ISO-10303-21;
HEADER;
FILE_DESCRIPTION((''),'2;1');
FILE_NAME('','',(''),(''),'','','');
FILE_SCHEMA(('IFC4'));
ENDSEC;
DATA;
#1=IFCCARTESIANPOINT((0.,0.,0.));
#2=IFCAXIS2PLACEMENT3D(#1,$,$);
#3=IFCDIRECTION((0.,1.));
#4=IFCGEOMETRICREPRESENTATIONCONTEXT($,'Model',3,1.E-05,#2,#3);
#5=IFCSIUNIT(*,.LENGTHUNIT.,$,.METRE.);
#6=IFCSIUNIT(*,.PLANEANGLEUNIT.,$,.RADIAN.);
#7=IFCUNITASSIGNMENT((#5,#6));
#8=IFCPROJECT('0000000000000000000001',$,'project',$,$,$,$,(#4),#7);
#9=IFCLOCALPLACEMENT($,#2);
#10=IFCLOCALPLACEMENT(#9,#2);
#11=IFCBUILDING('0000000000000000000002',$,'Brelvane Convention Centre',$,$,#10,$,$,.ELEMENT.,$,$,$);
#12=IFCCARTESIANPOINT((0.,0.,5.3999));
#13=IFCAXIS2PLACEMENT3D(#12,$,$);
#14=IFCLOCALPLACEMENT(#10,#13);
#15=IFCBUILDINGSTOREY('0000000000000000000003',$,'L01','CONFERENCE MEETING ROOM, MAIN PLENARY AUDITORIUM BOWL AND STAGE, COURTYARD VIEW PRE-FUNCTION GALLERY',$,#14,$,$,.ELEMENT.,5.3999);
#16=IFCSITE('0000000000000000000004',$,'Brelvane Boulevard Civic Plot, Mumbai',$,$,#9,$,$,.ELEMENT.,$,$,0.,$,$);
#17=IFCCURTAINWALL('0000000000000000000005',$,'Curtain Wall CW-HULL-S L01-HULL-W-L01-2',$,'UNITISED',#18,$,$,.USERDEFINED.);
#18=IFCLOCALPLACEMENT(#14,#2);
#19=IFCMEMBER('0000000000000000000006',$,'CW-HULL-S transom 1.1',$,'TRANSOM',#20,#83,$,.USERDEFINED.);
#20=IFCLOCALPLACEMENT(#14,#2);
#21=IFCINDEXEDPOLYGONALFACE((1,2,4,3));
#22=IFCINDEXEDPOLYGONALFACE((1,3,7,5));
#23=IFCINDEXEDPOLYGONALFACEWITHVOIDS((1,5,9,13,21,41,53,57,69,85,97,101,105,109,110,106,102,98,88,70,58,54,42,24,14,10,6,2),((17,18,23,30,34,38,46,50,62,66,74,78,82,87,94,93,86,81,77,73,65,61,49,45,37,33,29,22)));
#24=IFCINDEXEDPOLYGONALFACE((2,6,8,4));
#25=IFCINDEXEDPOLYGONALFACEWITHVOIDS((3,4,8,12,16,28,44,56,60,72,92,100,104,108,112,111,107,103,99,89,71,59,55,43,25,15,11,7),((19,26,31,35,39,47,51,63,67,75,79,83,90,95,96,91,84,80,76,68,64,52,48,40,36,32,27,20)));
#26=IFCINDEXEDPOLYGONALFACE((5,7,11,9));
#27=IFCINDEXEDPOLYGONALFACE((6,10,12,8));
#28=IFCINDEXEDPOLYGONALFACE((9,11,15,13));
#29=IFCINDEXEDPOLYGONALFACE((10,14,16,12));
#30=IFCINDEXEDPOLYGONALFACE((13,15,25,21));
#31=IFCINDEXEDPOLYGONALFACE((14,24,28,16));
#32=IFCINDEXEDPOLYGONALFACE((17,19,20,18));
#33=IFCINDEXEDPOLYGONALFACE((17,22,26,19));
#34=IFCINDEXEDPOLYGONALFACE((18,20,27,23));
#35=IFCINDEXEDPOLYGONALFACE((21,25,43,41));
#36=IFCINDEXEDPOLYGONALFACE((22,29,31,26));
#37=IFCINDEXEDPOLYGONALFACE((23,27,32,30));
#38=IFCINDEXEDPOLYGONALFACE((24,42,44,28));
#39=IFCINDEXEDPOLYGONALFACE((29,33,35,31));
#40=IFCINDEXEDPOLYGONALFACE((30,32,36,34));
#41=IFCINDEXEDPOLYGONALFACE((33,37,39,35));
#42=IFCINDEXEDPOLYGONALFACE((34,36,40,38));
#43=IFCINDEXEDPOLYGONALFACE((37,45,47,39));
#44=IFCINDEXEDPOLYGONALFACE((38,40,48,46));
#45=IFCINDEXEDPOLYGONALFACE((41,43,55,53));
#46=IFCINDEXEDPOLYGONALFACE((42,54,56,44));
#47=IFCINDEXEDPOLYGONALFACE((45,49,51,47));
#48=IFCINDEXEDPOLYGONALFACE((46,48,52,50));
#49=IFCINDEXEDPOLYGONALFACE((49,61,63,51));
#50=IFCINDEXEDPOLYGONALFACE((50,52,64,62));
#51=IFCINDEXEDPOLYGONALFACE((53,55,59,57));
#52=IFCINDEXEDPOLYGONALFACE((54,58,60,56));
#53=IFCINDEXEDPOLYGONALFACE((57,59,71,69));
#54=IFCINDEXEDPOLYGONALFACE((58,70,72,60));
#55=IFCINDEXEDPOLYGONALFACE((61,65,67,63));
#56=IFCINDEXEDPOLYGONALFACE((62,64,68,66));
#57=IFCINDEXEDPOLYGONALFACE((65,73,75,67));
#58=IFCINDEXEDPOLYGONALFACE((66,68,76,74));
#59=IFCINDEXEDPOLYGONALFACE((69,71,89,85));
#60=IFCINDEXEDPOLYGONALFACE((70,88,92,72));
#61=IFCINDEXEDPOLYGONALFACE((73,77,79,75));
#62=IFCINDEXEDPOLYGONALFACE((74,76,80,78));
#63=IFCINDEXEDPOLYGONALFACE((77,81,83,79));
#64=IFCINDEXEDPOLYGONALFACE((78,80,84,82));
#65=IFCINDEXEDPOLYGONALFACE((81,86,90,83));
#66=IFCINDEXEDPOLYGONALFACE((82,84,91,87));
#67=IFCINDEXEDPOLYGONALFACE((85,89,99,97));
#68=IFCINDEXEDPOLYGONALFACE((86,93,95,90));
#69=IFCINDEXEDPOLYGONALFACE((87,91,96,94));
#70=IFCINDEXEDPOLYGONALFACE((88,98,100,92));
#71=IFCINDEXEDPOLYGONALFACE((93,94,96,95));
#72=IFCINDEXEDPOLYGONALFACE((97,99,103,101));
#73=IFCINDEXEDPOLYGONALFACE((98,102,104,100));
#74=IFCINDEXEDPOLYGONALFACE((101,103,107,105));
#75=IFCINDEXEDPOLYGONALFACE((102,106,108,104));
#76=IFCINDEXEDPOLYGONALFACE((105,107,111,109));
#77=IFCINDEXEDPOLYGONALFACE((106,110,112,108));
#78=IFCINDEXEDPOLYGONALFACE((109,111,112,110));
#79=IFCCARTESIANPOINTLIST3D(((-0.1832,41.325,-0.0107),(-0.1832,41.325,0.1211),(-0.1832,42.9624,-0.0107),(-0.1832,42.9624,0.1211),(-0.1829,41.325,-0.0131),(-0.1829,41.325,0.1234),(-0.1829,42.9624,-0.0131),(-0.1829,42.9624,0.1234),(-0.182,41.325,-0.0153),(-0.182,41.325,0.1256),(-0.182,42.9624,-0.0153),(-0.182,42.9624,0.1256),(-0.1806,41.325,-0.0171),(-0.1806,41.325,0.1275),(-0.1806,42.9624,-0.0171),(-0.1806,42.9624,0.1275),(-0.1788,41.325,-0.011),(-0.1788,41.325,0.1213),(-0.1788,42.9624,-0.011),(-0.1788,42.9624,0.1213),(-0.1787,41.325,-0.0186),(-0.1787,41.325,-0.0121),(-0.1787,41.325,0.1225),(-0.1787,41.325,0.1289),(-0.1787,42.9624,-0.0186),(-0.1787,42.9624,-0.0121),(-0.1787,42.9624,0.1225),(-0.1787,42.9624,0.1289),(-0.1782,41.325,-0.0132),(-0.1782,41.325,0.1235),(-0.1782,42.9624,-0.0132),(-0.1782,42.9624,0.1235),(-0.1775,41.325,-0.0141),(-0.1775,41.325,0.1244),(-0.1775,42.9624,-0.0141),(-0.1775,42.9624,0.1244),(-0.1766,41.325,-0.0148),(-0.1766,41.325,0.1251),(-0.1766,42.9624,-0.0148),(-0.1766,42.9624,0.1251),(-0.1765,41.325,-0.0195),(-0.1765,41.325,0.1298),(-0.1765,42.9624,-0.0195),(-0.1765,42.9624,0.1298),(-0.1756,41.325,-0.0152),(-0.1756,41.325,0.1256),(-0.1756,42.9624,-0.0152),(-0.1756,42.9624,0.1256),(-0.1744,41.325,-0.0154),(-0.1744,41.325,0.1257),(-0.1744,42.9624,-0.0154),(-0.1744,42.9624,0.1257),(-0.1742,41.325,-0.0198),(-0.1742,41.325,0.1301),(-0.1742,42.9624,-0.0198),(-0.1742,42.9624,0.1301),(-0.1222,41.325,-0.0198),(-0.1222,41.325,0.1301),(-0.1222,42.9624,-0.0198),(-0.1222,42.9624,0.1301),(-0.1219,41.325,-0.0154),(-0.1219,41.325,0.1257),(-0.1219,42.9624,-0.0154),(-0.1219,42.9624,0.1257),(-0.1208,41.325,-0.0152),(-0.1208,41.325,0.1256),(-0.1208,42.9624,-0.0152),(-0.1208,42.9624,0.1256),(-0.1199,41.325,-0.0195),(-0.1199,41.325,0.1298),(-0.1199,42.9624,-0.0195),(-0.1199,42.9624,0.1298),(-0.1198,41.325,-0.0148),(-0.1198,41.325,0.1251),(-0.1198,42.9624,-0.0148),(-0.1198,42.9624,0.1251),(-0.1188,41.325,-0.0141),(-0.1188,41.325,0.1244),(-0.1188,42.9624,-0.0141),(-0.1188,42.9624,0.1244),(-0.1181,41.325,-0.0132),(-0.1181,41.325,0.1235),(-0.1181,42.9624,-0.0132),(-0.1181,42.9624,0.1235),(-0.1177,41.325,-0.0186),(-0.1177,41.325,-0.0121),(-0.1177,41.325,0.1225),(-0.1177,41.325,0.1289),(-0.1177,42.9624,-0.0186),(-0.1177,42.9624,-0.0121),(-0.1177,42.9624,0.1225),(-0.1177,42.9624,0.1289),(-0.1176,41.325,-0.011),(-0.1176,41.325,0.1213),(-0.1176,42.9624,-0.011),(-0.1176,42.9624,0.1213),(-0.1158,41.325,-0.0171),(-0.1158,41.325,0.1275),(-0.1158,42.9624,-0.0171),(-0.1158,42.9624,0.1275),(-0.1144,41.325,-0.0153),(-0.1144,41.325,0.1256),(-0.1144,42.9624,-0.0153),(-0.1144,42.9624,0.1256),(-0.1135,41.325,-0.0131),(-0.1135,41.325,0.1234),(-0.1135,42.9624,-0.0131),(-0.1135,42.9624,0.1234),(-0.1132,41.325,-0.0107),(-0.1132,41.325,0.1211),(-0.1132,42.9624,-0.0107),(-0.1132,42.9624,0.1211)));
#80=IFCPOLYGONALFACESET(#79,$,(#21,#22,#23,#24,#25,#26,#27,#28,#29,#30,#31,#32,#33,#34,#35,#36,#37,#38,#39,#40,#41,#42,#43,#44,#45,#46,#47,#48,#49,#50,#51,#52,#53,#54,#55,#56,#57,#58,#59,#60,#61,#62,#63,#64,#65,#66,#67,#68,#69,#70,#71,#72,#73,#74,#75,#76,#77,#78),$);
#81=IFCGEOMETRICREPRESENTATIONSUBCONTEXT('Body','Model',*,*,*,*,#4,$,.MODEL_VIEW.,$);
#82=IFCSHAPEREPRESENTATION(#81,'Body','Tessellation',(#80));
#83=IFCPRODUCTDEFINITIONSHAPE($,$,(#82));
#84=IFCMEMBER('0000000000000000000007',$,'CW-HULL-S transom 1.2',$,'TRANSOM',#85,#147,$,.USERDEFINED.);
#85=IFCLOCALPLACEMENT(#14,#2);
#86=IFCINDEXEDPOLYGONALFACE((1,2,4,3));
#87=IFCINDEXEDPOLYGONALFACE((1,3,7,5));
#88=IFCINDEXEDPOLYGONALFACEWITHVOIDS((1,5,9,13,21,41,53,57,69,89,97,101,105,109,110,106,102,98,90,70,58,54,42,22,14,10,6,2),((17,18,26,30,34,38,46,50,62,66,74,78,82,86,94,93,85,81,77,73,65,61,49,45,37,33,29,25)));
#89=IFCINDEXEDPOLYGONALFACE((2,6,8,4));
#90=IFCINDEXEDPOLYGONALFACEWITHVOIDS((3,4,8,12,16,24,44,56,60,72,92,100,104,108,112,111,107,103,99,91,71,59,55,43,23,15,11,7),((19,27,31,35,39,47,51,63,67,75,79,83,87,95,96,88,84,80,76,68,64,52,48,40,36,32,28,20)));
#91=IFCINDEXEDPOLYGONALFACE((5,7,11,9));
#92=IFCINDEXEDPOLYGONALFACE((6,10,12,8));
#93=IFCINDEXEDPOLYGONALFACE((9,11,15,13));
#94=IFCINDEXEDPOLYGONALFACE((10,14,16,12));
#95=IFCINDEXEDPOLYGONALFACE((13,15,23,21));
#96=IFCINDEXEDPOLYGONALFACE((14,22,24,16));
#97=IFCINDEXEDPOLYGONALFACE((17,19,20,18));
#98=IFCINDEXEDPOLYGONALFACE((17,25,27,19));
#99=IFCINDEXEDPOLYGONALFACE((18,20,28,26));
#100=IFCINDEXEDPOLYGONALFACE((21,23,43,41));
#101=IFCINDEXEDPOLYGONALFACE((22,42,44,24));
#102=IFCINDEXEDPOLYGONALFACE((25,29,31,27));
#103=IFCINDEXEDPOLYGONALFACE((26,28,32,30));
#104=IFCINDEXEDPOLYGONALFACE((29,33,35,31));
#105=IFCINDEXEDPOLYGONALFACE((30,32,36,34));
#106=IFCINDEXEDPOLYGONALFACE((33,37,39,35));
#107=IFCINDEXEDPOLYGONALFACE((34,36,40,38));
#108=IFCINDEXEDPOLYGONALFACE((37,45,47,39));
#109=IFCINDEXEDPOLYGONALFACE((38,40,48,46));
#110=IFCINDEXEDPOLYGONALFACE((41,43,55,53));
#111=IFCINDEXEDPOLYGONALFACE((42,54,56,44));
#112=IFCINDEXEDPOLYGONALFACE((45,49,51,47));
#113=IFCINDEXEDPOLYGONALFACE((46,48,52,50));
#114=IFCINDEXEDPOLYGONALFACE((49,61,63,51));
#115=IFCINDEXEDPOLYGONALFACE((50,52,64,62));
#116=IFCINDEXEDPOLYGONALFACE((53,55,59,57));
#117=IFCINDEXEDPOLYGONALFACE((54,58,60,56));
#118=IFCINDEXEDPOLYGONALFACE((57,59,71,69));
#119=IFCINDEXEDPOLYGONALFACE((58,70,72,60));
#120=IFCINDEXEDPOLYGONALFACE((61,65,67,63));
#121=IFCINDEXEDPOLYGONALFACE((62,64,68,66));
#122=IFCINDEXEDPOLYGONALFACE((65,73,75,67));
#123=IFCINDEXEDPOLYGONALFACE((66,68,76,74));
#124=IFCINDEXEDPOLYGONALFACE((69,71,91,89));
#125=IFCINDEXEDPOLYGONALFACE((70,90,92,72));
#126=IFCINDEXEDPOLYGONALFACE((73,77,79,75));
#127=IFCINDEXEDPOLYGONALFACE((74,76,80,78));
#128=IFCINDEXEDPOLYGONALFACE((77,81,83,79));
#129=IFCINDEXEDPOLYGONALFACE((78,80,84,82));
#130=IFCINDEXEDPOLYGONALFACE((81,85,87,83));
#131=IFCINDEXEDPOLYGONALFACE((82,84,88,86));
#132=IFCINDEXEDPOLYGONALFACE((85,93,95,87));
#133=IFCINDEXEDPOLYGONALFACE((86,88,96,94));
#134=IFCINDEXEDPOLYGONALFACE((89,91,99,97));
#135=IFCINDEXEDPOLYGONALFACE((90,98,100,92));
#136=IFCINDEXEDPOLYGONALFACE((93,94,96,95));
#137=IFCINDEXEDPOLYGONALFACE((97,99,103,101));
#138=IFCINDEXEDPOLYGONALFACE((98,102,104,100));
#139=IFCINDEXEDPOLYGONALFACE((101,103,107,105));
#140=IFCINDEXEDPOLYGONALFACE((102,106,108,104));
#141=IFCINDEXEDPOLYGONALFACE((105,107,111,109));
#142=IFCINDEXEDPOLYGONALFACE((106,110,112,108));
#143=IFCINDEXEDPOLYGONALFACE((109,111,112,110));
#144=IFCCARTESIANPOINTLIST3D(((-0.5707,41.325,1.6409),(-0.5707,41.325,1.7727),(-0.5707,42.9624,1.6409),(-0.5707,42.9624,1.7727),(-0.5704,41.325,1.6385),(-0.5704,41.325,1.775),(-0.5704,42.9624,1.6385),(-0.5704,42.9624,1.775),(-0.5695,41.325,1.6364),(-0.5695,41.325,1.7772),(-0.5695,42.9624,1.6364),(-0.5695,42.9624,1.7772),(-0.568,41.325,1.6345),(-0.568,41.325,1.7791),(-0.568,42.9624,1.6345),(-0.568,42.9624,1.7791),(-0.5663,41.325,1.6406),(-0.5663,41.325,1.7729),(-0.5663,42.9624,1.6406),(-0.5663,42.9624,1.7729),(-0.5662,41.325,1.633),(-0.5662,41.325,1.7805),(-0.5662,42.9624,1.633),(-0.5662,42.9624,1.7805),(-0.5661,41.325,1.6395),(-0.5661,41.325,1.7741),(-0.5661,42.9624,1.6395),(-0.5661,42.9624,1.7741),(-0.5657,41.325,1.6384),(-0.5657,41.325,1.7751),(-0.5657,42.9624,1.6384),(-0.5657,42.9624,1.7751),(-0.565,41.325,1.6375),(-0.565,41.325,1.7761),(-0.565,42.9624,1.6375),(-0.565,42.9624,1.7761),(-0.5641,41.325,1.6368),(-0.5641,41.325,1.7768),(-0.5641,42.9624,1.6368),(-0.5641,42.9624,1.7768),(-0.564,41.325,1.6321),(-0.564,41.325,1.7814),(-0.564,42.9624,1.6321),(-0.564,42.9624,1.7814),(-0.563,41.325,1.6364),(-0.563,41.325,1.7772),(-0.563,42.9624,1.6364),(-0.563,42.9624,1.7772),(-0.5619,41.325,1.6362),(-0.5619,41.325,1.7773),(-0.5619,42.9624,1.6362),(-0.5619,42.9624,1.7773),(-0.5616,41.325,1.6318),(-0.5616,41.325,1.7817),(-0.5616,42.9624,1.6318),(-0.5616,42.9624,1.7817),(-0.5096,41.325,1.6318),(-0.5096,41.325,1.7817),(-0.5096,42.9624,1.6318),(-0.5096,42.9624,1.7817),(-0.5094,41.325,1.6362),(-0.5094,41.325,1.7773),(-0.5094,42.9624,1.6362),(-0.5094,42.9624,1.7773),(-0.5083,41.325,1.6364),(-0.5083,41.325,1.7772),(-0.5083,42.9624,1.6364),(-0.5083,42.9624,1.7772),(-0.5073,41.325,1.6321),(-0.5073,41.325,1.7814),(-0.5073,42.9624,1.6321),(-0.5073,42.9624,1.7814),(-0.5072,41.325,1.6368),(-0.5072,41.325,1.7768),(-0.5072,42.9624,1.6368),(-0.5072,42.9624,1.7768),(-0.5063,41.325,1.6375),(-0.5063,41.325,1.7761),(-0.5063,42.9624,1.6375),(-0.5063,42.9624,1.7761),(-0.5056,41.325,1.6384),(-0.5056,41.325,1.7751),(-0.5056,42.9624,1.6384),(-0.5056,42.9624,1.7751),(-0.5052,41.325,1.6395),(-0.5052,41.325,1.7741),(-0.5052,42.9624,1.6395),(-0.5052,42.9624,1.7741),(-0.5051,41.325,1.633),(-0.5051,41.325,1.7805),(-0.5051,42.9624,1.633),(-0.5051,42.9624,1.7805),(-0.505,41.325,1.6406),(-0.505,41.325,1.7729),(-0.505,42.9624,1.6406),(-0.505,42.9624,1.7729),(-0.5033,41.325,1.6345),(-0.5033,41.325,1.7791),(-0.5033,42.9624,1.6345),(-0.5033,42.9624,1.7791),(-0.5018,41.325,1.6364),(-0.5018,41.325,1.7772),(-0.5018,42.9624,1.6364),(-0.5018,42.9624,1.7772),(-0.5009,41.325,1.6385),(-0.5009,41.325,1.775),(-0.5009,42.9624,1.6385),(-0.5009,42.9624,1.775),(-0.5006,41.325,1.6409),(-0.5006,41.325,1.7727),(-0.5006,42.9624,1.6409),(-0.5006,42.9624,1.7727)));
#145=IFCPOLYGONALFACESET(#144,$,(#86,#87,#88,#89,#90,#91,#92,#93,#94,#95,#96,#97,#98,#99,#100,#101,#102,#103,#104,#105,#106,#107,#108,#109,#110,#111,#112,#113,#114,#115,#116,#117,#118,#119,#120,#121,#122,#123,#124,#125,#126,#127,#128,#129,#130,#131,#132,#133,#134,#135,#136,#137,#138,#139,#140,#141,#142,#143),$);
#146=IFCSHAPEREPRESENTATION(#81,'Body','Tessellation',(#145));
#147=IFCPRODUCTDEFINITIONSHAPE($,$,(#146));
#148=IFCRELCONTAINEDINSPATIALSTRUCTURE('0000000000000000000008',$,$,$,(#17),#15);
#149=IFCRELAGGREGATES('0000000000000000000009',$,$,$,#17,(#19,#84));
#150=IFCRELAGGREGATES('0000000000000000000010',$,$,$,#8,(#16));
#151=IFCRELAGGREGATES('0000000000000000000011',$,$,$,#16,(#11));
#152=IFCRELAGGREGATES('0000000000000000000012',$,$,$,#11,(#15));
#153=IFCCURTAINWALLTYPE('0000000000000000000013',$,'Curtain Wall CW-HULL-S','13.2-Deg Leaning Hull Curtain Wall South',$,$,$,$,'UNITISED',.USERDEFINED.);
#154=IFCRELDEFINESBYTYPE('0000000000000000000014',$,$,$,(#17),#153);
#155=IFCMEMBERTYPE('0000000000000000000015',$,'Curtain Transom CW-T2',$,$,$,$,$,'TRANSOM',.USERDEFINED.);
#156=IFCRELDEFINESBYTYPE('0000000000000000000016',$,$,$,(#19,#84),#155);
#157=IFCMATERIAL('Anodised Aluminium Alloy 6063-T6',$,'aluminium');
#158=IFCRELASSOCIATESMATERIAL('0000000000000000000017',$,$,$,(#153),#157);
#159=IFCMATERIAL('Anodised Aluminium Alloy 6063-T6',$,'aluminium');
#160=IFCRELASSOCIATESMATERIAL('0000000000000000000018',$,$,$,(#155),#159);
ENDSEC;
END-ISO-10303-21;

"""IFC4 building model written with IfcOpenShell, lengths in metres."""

from ifc_helpers import new_model, si_unit, direction, frame, origin, origin_2d, place, context, subcontext, project, spatial, hollow_rectangle, extrude, material, material_profile, profile_set, type_object, element, aggregate, save


model = new_model("IFC4")

# Units and contexts
model_context = context("Model", 3, precision=1e-05, world=origin(), true_north=direction((0.0, 1.0)))
body_context = subcontext(model_context, "Body", "Model", "MODEL_VIEW")
ifc_project = project(units=[si_unit("LENGTHUNIT", "METRE"), si_unit("PLANEANGLEUNIT", "RADIAN")], contexts=[model_context])

# Site, building, storey
site_placement = place(None, origin())
site = spatial("IfcSite", under=ifc_project, at=site_placement, Name="Brelvane Boulevard Civic Plot, Mumbai", CompositionType="ELEMENT", RefElevation=0.0)
building_placement = place(site_placement, origin())
building = spatial("IfcBuilding", under=site, at=building_placement, Name="Brelvane Convention Centre", CompositionType="ELEMENT")
storey_placement = place(building_placement, frame((0.0, 0.0, 5.3999)))
storey = spatial("IfcBuildingStorey", under=building, at=storey_placement, Name="L01", Description="CONFERENCE MEETING ROOM, MAIN PLENARY AUDITORIUM BOWL AND STAGE, COURTYARD VIEW PRE-FUNCTION GALLERY", CompositionType="ELEMENT", Elevation=5.3999)

# Curtain wall
ifc_material_1 = material(Name="Anodised Aluminium Alloy 6063-T6", Category="aluminium")
curtain_wall_type = type_object("IfcCurtainWallType", Name="Curtain Wall CW-HULL-S", Description="13.2-Deg Leaning Hull Curtain Wall South", ElementType="UNITISED", PredefinedType="USERDEFINED", material=ifc_material_1)
curtain_wall_1_placement = place(storey_placement, origin())
curtain_wall_1 = element("IfcCurtainWall", 1, at=curtain_wall_1_placement, inside=storey, type_object=curtain_wall_type, Name="Curtain Wall CW-HULL-S L01-HULL-W-L01-2", ObjectType="UNITISED", PredefinedType="USERDEFINED")

# Members
ifc_material_2 = material(Name="Anodised Aluminium Alloy 6063-T6", Category="aluminium")
ifc_material_profile_1 = material_profile(ifc_material_2, hollow_rectangle(XDim=0.0701, YDim=0.1499, WallThickness=0.0044, InnerFilletRadius=0.0044, OuterFilletRadius=0.009, at=origin_2d()), Name="ALU-T 150x70x4.5")
ifc_profile_set_1 = profile_set([ifc_material_profile_1], Name="Anodised Aluminium Alloy 6063-T6")
member_type_1 = type_object("IfcMemberType", Name="Curtain Transom CW-T2", ElementType="TRANSOM", PredefinedType="USERDEFINED", material=ifc_profile_set_1)
member_1_placement = place(storey_placement, frame((-0.1482, 41.325, 0.0552), z_axis=(0.0, 1.0, 0.0), x_axis=(-1.0, 0.0, 0.0)))
member_1 = element("IfcMember", 2, at=member_1_placement, type_object=member_type_1, Name="CW-HULL-S transom 1.1", ObjectType="TRANSOM", PredefinedType="USERDEFINED", context=body_context, shape_type="SweptSolid", body=[
    extrude(hollow_rectangle(XDim=0.0701, YDim=0.1499, WallThickness=0.0044, InnerFilletRadius=0.0044, OuterFilletRadius=0.009, at=origin_2d()), origin(), (0.0, 0.0, 1.0), 1.6375),
])
member_2_placement = place(storey_placement, frame((-0.5356, 41.325, 1.7068), z_axis=(0.0, 1.0, 0.0), x_axis=(-1.0, 0.0, 0.0)))
member_2 = element("IfcMember", 3, at=member_2_placement, type_object=member_type_1, Name="CW-HULL-S transom 1.2", ObjectType="TRANSOM", PredefinedType="USERDEFINED", context=body_context, shape_type="SweptSolid", body=[
    extrude(hollow_rectangle(XDim=0.0701, YDim=0.1499, WallThickness=0.0044, InnerFilletRadius=0.0044, OuterFilletRadius=0.009, at=origin_2d()), origin(), (0.0, 0.0, 1.0), 1.6375),
])

aggregate(curtain_wall_1, [member_1, member_2])

save(model, "model.ifc")
